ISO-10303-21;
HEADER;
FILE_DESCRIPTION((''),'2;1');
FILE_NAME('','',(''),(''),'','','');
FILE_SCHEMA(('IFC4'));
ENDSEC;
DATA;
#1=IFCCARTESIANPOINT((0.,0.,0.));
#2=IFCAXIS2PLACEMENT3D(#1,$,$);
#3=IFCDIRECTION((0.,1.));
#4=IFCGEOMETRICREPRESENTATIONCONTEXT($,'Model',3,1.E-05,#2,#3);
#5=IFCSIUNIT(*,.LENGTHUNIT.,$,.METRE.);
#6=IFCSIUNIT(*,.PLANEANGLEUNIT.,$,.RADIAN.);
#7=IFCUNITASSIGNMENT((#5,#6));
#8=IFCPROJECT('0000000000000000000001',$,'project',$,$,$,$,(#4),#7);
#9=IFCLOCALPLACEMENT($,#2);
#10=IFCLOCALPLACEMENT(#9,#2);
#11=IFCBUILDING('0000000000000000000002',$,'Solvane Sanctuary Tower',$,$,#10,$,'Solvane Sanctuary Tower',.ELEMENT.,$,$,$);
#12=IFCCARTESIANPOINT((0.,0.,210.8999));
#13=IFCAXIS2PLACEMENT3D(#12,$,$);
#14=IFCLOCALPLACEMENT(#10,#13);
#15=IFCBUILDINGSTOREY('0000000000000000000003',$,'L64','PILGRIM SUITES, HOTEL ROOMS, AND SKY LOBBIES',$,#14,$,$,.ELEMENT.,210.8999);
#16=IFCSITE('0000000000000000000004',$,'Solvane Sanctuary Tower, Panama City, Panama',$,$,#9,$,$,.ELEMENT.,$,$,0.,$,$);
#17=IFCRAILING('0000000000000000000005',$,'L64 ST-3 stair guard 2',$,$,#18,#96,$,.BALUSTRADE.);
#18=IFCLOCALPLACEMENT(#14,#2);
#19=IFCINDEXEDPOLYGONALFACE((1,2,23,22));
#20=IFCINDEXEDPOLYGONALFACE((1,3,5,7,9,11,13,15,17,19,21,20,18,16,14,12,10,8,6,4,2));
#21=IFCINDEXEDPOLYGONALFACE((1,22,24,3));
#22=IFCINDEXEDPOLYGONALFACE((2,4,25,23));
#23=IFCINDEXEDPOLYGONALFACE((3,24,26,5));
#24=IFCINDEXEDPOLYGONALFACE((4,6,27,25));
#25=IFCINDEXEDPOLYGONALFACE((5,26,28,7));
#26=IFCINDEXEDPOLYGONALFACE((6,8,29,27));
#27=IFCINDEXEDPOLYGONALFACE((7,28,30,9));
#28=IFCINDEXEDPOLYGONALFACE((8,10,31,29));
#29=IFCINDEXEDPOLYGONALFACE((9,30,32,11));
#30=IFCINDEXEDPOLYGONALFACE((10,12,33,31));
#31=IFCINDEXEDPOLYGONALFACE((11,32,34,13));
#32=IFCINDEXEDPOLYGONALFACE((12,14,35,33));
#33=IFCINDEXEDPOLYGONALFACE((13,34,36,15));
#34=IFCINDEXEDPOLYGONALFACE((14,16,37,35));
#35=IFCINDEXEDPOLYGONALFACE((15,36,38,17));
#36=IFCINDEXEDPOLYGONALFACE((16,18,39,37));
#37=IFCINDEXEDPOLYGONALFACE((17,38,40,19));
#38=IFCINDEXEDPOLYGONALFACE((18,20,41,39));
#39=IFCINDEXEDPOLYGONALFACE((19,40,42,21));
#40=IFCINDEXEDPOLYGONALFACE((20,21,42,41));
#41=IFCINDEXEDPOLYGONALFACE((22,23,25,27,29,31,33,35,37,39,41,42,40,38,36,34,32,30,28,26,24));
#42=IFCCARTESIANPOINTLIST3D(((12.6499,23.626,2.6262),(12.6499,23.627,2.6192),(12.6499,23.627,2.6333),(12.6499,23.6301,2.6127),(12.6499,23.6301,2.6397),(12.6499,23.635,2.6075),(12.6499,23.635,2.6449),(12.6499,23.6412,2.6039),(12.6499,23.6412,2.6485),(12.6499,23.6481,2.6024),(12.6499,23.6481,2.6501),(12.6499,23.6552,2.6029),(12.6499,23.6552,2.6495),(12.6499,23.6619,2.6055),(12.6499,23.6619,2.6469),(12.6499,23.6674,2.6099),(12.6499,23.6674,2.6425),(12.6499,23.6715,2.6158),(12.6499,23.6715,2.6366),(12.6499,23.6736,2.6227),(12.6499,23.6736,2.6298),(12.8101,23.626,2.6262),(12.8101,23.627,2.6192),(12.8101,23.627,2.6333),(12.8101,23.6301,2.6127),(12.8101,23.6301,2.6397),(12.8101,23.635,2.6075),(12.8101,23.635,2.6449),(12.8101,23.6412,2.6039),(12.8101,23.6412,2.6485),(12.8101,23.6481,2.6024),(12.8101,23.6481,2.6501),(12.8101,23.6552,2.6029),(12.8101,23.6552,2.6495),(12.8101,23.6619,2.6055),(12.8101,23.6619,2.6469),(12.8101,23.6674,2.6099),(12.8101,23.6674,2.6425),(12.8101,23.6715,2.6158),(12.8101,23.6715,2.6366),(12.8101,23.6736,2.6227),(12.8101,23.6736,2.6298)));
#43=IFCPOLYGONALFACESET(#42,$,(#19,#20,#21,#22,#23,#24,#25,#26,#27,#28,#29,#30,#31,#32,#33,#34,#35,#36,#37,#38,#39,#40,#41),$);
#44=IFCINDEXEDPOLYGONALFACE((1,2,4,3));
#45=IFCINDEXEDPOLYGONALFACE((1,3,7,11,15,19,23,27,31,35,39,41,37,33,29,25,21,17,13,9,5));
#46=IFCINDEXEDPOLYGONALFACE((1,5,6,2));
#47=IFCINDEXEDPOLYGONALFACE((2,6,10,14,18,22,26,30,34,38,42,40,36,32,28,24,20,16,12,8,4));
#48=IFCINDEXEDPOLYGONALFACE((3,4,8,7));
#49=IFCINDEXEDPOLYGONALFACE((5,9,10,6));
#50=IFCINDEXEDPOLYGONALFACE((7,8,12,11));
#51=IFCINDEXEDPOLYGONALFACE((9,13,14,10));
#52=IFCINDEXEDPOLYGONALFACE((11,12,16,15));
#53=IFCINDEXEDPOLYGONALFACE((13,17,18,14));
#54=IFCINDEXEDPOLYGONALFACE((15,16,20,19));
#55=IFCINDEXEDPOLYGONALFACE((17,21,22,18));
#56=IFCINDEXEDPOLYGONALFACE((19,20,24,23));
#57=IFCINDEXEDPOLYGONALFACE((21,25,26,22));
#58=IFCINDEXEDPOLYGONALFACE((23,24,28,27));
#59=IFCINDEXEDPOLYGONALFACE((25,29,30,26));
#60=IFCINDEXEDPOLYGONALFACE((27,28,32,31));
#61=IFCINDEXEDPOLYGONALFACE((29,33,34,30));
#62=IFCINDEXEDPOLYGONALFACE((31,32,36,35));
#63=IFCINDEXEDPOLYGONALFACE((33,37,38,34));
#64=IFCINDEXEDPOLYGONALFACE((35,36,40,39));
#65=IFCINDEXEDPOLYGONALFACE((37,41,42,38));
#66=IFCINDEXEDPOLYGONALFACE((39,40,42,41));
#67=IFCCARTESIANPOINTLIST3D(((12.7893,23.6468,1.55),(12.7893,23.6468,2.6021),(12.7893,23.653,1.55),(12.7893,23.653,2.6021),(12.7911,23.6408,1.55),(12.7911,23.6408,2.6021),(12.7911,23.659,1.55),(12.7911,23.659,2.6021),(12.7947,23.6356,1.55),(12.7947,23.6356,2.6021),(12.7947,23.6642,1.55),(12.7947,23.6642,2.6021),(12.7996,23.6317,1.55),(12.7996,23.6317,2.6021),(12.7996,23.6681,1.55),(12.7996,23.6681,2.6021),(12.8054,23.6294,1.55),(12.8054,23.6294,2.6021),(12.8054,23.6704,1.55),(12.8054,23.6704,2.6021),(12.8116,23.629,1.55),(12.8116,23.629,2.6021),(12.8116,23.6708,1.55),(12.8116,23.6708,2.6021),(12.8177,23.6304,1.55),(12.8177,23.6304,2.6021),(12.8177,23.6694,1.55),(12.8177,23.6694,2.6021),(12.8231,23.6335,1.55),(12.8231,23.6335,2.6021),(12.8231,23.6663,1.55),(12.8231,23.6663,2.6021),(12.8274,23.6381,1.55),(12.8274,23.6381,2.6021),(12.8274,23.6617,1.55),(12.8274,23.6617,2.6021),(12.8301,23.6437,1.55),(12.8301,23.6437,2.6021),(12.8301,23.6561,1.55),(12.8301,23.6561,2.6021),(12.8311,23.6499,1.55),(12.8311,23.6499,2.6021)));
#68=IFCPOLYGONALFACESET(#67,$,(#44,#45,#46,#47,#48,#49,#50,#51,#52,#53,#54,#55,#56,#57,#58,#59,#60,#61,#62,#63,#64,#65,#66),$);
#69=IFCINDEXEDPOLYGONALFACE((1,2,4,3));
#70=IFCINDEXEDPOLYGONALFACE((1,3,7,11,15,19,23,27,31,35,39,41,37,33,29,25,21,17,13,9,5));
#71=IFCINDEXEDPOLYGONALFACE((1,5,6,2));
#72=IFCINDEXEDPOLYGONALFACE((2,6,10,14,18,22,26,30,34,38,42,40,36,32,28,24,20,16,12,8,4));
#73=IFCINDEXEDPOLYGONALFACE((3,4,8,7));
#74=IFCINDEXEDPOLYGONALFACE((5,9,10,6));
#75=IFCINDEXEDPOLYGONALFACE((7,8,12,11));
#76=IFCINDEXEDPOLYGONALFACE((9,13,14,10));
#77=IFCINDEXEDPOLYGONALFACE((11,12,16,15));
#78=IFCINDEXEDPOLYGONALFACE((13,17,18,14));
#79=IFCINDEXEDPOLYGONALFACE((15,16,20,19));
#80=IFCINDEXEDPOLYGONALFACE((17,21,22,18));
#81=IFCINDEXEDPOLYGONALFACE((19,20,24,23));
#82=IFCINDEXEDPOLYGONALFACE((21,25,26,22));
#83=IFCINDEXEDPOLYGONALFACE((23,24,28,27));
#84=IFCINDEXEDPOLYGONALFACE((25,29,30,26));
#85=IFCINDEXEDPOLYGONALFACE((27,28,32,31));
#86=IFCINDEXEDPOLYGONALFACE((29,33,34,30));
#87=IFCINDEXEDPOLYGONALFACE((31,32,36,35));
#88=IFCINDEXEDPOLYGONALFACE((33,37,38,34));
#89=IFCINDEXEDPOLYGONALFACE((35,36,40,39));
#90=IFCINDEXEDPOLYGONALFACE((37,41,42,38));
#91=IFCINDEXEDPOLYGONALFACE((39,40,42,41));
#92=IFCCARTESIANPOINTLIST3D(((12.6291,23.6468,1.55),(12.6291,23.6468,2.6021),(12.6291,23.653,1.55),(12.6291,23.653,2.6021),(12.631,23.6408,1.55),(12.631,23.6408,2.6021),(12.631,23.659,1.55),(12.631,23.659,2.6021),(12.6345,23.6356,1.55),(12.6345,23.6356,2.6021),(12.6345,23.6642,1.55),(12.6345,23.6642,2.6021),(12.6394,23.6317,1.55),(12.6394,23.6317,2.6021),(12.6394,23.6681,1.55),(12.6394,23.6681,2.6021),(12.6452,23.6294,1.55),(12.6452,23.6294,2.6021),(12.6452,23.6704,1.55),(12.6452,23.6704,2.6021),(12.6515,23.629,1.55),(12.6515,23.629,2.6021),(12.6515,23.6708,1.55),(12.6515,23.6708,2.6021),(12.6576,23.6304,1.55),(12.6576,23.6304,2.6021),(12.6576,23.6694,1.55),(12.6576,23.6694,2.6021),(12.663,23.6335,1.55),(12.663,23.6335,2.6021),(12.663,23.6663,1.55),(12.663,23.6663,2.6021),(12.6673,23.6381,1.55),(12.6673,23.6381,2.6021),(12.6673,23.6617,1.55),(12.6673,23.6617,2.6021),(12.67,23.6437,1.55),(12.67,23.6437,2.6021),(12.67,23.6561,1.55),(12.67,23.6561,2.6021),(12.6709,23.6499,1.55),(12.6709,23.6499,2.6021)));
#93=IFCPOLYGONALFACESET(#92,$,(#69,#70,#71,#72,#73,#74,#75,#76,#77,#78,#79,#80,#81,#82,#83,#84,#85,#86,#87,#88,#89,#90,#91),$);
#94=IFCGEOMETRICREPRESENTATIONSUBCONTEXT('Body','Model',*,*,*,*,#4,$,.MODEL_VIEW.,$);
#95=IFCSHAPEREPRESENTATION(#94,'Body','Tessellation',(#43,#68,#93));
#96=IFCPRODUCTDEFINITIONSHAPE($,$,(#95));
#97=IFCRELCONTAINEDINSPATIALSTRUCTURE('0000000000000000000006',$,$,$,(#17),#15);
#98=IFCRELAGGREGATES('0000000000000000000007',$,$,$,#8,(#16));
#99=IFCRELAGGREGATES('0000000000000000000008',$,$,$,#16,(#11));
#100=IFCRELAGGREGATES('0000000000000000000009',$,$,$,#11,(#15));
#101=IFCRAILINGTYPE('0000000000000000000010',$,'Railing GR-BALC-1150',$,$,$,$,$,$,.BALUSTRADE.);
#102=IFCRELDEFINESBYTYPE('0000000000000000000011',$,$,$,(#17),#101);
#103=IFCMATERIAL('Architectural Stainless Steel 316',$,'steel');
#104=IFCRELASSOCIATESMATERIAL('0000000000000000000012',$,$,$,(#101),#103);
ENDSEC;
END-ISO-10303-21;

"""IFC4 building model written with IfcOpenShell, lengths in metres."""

from ifc_helpers import new_model, si_unit, direction, frame, origin, origin_2d, place, context, subcontext, project, spatial, circle, extrude, material, type_object, element, save


model = new_model("IFC4")

# Units and contexts
model_context = context("Model", 3, precision=1e-05, world=origin(), true_north=direction((0.0, 1.0)))
body_context = subcontext(model_context, "Body", "Model", "MODEL_VIEW")
ifc_project = project(units=[si_unit("LENGTHUNIT", "METRE"), si_unit("PLANEANGLEUNIT", "RADIAN")], contexts=[model_context])

# Site, building, storey
site_placement = place(None, origin())
site = spatial("IfcSite", under=ifc_project, at=site_placement, Name="Solvane Sanctuary Tower, Panama City, Panama", CompositionType="ELEMENT", RefElevation=0.0)
building_placement = place(site_placement, origin())
building = spatial("IfcBuilding", under=site, at=building_placement, Name="Solvane Sanctuary Tower", LongName="Solvane Sanctuary Tower", CompositionType="ELEMENT")
storey_placement = place(building_placement, frame((0.0, 0.0, 210.8999)))
storey = spatial("IfcBuildingStorey", under=building, at=storey_placement, Name="L64", Description="PILGRIM SUITES, HOTEL ROOMS, AND SKY LOBBIES", CompositionType="ELEMENT", Elevation=210.8999)

# Railing
ifc_material_1 = material(Name="Architectural Stainless Steel 316", Category="steel")
railing_type_1 = type_object("IfcRailingType", Name="Railing GR-BALC-1150", PredefinedType="BALUSTRADE", material=ifc_material_1)
railing_1_placement = place(storey_placement, frame((12.8101, 23.6499, 1.55)))
element("IfcRailing", 1, at=railing_1_placement, inside=storey, type_object=railing_type_1, Name="L64 ST-3 stair guard 2", PredefinedType="BALUSTRADE", context=body_context, shape_type="SweptSolid", body=[
    extrude(circle(Radius=0.0239, at=origin_2d()), frame((0.0, 0.0, 1.0762), z_axis=(-1.0, 0.0, 0.0), x_axis=(0.0, -1.0, 0.0)), (0.0, 0.0, 1.0), 0.1602),
    extrude(circle(Radius=0.021, at=origin_2d()), origin(), (0.0, 0.0, 1.0), 1.052),
    extrude(circle(Radius=0.021, at=origin_2d()), frame((-0.1602, 0.0, 0.0)), (0.0, 0.0, 1.0), 1.052),
])

save(model, "model.ifc")
